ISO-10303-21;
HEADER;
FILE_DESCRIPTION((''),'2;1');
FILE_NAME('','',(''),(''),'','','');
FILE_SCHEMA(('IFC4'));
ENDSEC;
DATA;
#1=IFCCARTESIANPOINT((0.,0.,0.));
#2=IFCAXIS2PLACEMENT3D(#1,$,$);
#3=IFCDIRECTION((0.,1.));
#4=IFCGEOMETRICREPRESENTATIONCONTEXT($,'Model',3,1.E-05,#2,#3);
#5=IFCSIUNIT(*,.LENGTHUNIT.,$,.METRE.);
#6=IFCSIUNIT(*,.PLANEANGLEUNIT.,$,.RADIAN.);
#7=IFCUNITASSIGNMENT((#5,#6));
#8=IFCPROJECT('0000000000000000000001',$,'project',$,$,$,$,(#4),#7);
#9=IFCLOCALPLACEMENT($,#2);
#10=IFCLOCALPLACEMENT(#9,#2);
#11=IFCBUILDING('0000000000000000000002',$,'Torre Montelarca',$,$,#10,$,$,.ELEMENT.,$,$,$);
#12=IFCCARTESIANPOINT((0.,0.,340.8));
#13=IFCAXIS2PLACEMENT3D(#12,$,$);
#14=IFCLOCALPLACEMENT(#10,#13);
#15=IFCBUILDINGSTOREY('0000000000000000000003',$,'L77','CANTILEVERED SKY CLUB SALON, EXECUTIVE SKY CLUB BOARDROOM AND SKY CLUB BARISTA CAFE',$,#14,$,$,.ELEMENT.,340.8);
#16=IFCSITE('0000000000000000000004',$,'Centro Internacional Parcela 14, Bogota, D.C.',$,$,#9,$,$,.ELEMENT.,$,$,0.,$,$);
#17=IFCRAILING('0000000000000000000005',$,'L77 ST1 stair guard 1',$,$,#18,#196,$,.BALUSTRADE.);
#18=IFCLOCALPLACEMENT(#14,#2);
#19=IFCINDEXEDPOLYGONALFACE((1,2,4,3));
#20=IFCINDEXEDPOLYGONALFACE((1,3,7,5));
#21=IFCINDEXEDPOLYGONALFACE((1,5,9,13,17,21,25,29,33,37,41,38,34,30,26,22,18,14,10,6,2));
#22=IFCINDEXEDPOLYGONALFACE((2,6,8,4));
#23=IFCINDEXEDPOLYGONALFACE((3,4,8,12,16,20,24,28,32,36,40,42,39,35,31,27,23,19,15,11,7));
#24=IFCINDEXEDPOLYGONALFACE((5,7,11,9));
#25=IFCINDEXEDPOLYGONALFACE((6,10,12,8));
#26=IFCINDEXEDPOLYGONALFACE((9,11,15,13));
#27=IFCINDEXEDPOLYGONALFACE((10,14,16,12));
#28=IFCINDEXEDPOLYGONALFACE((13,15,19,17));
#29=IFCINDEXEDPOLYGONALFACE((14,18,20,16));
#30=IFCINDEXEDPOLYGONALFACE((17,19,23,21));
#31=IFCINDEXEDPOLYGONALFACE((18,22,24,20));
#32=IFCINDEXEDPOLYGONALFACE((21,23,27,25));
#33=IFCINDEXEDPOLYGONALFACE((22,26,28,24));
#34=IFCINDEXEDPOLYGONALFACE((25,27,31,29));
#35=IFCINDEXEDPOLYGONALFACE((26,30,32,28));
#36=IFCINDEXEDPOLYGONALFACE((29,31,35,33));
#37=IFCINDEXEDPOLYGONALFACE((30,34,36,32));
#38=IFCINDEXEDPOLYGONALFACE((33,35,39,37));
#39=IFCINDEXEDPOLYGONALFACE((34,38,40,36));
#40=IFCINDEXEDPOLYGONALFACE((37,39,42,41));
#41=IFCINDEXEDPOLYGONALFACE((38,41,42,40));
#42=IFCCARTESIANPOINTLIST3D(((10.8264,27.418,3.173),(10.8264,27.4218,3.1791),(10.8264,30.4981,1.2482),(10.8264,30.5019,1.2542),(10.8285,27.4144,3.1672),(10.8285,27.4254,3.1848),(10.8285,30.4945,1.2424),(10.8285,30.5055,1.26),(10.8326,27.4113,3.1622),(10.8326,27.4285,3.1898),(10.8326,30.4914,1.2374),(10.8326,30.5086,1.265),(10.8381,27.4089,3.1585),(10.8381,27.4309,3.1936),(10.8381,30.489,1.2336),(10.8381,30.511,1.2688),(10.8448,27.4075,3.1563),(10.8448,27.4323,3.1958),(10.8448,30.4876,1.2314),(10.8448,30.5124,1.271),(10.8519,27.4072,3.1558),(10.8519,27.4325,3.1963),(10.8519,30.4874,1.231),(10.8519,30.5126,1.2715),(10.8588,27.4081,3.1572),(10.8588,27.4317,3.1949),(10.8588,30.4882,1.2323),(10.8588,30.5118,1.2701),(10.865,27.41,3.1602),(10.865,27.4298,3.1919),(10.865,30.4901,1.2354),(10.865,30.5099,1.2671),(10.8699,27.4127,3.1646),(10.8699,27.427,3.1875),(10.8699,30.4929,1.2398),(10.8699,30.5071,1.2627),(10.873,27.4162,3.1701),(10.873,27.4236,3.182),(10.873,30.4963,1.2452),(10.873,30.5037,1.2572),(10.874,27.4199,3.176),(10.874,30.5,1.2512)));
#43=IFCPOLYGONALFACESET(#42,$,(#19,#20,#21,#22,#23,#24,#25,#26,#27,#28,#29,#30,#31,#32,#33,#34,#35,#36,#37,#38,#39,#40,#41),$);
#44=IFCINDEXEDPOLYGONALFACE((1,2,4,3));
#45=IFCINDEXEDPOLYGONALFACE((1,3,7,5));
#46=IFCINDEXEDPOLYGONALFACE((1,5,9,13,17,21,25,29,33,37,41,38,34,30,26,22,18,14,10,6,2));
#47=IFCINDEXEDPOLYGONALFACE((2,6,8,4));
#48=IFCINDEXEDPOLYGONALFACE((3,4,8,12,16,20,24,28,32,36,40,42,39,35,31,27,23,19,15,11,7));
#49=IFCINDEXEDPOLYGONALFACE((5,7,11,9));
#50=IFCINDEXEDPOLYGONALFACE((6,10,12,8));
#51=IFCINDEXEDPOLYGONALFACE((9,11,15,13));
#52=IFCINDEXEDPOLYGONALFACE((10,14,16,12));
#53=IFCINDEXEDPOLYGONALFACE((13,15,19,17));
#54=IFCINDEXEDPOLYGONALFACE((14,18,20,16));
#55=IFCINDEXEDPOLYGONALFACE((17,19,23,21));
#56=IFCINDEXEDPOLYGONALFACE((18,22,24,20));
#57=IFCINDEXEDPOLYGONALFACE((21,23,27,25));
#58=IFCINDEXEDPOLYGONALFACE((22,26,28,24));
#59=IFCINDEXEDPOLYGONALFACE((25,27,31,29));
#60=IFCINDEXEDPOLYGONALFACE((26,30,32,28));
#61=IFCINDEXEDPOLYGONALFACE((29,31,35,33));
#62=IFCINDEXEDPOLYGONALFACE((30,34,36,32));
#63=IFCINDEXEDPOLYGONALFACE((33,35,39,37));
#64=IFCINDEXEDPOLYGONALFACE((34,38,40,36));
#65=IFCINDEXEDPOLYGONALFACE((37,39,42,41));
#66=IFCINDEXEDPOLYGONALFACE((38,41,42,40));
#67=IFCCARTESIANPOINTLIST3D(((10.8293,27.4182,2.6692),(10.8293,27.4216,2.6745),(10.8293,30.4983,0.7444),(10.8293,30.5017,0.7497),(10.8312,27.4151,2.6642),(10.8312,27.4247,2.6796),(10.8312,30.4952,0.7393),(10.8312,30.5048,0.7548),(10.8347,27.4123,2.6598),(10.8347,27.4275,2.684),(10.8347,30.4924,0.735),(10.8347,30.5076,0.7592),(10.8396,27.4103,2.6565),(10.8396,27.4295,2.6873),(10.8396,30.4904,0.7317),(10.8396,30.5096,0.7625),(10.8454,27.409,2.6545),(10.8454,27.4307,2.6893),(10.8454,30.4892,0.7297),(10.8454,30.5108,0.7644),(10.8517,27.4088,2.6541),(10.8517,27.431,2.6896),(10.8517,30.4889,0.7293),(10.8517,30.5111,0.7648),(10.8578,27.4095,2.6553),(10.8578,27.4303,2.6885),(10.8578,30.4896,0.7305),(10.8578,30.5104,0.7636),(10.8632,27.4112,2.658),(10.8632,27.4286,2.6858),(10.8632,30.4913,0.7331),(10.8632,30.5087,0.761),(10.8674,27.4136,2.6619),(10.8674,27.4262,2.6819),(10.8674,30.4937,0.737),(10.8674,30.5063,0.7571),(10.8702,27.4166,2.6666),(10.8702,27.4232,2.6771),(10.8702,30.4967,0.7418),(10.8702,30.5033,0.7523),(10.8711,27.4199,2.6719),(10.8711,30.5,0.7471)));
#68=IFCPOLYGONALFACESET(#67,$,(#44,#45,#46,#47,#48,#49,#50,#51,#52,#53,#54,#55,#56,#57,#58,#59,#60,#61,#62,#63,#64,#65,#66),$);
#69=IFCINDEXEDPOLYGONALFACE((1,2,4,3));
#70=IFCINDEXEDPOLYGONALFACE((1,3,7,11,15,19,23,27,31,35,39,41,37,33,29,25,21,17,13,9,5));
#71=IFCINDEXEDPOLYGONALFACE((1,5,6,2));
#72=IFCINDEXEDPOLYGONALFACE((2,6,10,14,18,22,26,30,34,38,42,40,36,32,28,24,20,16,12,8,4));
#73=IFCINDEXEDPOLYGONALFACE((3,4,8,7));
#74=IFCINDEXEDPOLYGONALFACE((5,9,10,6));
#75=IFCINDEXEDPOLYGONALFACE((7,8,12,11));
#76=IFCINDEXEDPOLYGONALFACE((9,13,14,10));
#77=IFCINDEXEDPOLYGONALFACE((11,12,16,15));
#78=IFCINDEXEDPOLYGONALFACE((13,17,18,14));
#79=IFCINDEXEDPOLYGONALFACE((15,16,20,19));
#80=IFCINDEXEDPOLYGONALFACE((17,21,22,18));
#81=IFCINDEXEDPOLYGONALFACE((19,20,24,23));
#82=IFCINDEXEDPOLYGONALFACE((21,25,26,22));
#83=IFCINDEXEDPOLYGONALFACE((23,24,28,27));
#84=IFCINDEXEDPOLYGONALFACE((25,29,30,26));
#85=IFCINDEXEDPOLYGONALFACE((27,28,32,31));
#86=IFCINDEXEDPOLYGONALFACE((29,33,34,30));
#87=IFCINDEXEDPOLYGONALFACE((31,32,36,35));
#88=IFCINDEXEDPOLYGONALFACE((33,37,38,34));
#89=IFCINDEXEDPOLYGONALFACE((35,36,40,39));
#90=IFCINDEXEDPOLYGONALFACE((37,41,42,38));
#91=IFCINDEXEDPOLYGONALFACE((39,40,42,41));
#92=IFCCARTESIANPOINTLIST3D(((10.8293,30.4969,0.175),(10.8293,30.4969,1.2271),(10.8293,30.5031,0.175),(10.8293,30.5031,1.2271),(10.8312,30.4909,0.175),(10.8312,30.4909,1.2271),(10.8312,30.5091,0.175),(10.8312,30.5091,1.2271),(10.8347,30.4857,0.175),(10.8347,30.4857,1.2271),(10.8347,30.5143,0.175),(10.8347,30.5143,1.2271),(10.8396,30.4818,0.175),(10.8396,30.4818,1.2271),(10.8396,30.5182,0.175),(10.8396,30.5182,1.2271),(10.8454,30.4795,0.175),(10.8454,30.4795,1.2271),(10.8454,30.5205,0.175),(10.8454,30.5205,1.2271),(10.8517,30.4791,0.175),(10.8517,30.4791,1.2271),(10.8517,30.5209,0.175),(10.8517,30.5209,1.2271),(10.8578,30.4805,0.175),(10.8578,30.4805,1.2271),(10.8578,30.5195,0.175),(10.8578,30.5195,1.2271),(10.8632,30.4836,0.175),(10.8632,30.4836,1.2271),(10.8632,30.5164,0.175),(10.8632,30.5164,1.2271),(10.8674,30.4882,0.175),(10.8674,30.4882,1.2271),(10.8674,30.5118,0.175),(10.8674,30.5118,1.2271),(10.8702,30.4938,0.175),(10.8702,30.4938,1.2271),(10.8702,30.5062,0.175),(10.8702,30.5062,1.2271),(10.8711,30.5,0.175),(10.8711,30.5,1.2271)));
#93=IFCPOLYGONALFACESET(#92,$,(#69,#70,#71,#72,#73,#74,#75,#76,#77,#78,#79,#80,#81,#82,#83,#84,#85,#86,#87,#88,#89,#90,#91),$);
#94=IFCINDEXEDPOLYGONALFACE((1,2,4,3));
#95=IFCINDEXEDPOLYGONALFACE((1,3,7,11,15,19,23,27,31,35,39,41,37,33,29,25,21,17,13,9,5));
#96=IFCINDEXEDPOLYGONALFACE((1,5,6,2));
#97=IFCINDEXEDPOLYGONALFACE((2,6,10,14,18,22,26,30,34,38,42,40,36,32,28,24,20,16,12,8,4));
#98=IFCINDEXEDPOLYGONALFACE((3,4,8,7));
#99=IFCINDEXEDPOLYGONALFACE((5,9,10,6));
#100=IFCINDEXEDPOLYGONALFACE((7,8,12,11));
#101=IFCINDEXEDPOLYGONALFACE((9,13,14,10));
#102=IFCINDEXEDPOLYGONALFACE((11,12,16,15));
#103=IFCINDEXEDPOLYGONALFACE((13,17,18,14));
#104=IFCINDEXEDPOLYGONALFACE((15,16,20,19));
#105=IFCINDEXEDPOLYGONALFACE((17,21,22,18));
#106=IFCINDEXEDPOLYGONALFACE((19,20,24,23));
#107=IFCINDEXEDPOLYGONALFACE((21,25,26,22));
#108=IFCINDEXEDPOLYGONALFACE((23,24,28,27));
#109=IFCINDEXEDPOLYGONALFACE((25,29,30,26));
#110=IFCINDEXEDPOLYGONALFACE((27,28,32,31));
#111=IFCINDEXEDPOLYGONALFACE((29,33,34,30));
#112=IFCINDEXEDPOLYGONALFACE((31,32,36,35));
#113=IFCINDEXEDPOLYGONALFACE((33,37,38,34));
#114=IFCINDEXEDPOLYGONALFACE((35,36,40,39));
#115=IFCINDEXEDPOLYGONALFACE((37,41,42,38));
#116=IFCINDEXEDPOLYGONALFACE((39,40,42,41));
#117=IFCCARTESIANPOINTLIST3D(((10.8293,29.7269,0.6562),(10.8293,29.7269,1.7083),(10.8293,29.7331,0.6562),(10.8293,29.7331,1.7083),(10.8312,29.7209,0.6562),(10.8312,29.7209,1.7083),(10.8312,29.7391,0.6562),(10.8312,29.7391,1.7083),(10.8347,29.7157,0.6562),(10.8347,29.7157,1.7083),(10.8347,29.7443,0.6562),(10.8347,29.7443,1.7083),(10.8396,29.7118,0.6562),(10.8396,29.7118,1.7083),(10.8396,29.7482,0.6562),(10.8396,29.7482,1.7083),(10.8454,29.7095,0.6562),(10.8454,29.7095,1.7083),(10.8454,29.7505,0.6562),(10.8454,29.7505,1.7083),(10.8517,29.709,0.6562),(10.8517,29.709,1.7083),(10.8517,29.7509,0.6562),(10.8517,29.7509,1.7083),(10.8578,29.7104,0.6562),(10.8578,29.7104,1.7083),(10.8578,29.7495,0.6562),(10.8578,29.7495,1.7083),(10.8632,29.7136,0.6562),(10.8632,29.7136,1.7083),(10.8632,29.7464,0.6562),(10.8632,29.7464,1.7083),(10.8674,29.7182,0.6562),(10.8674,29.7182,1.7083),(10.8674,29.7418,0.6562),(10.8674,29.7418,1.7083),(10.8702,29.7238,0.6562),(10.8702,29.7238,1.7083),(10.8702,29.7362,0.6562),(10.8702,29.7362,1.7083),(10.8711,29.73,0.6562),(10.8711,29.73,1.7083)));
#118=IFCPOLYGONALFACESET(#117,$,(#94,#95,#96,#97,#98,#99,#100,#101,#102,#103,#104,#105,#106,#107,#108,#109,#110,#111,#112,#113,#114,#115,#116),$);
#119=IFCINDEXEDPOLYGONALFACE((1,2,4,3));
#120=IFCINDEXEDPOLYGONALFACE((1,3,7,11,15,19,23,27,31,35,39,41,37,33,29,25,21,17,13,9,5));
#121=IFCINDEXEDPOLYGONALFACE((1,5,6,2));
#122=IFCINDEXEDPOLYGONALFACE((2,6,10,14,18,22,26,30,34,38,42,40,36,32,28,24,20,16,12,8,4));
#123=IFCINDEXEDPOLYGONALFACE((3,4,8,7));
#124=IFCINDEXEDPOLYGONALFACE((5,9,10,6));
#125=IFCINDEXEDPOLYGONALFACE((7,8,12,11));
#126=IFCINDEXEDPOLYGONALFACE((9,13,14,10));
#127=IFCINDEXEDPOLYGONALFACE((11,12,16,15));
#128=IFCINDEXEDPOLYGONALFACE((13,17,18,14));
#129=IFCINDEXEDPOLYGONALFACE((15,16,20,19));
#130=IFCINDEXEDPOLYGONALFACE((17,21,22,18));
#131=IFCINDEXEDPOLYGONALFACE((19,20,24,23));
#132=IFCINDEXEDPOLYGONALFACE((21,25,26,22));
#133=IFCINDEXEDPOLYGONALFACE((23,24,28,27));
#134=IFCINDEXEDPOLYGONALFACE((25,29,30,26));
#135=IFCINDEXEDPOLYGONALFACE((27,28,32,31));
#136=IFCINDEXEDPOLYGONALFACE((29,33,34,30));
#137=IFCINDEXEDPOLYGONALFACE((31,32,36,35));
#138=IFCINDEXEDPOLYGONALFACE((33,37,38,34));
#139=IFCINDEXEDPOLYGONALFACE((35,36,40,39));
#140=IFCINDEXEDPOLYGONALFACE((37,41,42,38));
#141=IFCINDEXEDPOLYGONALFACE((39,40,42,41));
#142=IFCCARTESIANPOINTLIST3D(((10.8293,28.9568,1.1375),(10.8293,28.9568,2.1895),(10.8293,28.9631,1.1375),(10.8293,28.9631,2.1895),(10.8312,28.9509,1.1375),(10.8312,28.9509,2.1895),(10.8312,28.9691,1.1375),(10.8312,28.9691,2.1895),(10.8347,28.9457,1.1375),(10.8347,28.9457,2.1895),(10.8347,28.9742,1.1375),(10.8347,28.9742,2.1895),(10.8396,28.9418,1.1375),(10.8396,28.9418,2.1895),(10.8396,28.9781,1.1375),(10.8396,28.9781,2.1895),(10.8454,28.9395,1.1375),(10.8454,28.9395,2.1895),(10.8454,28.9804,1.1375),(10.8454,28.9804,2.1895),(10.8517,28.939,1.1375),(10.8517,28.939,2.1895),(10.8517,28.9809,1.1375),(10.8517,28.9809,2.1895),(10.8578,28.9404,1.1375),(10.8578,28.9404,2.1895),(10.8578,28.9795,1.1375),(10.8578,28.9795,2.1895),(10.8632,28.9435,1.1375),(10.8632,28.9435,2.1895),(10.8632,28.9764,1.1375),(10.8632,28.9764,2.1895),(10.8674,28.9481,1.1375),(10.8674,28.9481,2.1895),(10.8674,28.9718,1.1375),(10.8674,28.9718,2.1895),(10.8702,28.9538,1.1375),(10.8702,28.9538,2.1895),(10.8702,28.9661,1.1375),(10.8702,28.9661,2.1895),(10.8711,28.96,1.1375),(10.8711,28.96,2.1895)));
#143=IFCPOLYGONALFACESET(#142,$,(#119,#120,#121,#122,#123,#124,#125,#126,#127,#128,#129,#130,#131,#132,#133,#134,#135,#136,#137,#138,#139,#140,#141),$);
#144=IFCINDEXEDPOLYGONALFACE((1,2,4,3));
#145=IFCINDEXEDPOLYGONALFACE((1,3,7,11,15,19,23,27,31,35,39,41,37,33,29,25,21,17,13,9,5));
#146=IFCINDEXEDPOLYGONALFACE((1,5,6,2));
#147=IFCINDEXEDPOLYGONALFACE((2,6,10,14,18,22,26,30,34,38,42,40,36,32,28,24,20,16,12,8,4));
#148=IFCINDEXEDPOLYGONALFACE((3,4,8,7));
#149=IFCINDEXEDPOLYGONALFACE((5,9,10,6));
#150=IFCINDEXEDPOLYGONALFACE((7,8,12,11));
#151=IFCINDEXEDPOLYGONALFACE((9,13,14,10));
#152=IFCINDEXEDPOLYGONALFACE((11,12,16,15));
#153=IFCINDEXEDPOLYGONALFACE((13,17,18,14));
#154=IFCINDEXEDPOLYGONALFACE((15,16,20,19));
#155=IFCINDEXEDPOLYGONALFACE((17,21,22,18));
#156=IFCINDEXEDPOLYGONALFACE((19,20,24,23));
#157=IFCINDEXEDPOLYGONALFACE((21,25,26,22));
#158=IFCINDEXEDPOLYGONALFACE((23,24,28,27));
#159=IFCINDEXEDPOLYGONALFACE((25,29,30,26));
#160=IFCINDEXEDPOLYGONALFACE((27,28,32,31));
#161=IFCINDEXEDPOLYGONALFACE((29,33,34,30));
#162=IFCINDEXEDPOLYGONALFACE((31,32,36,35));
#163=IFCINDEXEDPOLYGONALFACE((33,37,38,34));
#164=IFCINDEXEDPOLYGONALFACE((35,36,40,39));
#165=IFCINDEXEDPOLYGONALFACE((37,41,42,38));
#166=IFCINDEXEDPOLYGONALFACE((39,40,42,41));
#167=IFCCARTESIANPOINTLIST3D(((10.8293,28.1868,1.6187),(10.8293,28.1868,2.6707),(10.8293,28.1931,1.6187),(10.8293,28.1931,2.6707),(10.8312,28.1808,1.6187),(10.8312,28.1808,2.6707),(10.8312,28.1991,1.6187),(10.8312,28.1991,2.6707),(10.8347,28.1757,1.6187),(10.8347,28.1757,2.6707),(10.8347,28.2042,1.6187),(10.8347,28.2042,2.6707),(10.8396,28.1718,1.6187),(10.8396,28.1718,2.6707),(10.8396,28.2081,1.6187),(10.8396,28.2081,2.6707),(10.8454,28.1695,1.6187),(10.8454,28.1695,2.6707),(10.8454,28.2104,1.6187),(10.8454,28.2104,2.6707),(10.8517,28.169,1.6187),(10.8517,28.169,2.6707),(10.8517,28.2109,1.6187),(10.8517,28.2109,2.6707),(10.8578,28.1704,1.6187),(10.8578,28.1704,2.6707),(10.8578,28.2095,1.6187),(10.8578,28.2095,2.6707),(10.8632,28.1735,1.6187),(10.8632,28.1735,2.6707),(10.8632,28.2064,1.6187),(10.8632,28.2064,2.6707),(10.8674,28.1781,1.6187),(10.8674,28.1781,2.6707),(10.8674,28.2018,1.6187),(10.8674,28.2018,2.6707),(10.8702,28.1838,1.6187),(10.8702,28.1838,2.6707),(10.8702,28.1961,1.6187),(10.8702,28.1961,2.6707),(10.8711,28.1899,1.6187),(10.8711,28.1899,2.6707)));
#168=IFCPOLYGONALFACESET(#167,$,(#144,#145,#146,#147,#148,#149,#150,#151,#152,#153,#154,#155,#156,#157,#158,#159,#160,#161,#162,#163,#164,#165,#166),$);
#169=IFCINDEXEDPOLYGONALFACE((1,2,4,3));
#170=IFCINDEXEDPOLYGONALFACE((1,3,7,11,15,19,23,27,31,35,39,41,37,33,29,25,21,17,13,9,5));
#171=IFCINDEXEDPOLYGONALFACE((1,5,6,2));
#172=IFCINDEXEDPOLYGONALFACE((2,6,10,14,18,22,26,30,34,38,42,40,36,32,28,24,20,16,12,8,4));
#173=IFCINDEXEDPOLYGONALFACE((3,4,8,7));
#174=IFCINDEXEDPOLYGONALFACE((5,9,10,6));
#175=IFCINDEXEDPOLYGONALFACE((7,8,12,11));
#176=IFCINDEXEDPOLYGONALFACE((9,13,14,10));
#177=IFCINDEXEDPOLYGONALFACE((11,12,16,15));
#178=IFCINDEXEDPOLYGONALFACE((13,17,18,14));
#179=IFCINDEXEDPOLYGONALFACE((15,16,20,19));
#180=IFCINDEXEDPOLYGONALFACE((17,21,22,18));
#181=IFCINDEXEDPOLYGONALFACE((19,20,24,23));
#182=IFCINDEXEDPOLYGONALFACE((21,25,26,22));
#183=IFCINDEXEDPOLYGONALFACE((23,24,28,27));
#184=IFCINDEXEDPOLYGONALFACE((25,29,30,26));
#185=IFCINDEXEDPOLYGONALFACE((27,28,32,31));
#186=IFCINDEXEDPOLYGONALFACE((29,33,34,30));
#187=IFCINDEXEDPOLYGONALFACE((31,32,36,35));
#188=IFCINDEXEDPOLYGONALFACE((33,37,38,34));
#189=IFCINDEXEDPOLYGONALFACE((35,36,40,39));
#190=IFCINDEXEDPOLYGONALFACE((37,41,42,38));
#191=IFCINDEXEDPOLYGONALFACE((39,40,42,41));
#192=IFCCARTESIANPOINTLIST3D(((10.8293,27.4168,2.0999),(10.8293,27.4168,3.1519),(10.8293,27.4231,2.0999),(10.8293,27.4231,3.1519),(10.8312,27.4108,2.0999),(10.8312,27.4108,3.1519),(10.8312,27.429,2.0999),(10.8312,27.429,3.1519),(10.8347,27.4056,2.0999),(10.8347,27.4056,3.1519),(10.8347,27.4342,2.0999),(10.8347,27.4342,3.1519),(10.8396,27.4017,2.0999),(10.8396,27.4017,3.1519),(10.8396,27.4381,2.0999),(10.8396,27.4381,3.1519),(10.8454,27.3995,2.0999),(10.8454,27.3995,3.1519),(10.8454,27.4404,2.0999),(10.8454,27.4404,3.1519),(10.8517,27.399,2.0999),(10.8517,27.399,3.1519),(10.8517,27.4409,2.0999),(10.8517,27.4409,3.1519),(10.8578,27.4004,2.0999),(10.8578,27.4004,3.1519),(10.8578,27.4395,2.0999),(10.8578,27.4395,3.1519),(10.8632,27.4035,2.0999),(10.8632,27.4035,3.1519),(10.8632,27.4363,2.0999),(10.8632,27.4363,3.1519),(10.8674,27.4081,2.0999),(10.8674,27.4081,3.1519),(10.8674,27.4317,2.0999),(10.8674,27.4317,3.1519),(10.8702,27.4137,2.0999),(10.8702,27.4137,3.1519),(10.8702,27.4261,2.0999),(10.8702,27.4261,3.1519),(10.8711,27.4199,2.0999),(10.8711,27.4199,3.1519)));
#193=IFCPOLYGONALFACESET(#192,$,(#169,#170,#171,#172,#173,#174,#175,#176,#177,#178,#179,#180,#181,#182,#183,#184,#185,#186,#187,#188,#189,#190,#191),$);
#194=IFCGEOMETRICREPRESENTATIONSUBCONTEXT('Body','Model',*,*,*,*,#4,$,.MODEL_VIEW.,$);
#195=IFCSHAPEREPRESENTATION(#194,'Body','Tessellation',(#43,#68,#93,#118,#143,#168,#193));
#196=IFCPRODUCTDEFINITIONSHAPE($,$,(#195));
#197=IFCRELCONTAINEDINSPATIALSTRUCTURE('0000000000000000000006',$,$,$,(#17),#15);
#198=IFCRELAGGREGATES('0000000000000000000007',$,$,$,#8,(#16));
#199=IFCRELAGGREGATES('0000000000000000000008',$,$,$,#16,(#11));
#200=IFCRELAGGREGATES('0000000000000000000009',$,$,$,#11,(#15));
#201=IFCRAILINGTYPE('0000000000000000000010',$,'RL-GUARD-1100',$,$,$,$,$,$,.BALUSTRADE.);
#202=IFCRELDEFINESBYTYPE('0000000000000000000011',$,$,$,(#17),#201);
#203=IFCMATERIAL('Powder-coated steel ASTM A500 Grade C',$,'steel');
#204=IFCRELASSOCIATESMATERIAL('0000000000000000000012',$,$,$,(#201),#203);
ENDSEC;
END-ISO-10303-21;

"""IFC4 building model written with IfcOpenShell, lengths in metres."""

from ifc_helpers import new_model, si_unit, direction, frame, origin, origin_2d, place, context, subcontext, project, spatial, circle, extrude, material, type_object, element, save


model = new_model("IFC4")

# Units and contexts
model_context = context("Model", 3, precision=1e-05, world=origin(), true_north=direction((0.0, 1.0)))
body_context = subcontext(model_context, "Body", "Model", "MODEL_VIEW")
ifc_project = project(units=[si_unit("LENGTHUNIT", "METRE"), si_unit("PLANEANGLEUNIT", "RADIAN")], contexts=[model_context])

# Site, building, storey
site_placement = place(None, origin())
site = spatial("IfcSite", under=ifc_project, at=site_placement, Name="Centro Internacional Parcela 14, Bogota, D.C.", CompositionType="ELEMENT", RefElevation=0.0)
building_placement = place(site_placement, origin())
building = spatial("IfcBuilding", under=site, at=building_placement, Name="Torre Montelarca", CompositionType="ELEMENT")
storey_placement = place(building_placement, frame((0.0, 0.0, 340.8)))
storey = spatial("IfcBuildingStorey", under=building, at=storey_placement, Name="L77", Description="CANTILEVERED SKY CLUB SALON, EXECUTIVE SKY CLUB BOARDROOM AND SKY CLUB BARISTA CAFE", CompositionType="ELEMENT", Elevation=340.8)

# Railing
ifc_material_1 = material(Name="Powder-coated steel ASTM A500 Grade C", Category="steel")
railing_type_1 = type_object("IfcRailingType", Name="RL-GUARD-1100", PredefinedType="BALUSTRADE", material=ifc_material_1)
railing_1_placement = place(storey_placement, frame((10.8501, 30.5, 0.175)))
element("IfcRailing", 1, at=railing_1_placement, inside=storey, type_object=railing_type_1, Name="L77 ST1 stair guard 1", PredefinedType="BALUSTRADE", context=body_context, shape_type="SweptSolid", body=[
    extrude(circle(Radius=0.0239, at=origin_2d()), frame((0.0, 0.0, 1.0762), z_axis=(0.0, -0.848029, 0.529951), x_axis=(1.0, 0.0, 0.0)), (0.0, 0.0, 1.0), 3.6321),
    extrude(circle(Radius=0.021, at=origin_2d()), frame((0.0, 0.0, 0.572), z_axis=(0.0, -0.848029, 0.529951), x_axis=(1.0, 0.0, 0.0)), (0.0, 0.0, 1.0), 3.6321),
    extrude(circle(Radius=0.021, at=origin_2d()), origin(), (0.0, 0.0, 1.0), 1.052),
    extrude(circle(Radius=0.021, at=origin_2d()), frame((0.0, -0.77, 0.4812)), (0.0, 0.0, 1.0), 1.052),
    extrude(circle(Radius=0.021, at=origin_2d()), frame((0.0, -1.54, 0.9624)), (0.0, 0.0, 1.0), 1.052),
    extrude(circle(Radius=0.021, at=origin_2d()), frame((0.0, -2.3101, 1.4436)), (0.0, 0.0, 1.0), 1.052),
    extrude(circle(Radius=0.021, at=origin_2d()), frame((0.0, -3.0801, 1.9248)), (0.0, 0.0, 1.0), 1.052),
])

save(model, "model.ifc")
